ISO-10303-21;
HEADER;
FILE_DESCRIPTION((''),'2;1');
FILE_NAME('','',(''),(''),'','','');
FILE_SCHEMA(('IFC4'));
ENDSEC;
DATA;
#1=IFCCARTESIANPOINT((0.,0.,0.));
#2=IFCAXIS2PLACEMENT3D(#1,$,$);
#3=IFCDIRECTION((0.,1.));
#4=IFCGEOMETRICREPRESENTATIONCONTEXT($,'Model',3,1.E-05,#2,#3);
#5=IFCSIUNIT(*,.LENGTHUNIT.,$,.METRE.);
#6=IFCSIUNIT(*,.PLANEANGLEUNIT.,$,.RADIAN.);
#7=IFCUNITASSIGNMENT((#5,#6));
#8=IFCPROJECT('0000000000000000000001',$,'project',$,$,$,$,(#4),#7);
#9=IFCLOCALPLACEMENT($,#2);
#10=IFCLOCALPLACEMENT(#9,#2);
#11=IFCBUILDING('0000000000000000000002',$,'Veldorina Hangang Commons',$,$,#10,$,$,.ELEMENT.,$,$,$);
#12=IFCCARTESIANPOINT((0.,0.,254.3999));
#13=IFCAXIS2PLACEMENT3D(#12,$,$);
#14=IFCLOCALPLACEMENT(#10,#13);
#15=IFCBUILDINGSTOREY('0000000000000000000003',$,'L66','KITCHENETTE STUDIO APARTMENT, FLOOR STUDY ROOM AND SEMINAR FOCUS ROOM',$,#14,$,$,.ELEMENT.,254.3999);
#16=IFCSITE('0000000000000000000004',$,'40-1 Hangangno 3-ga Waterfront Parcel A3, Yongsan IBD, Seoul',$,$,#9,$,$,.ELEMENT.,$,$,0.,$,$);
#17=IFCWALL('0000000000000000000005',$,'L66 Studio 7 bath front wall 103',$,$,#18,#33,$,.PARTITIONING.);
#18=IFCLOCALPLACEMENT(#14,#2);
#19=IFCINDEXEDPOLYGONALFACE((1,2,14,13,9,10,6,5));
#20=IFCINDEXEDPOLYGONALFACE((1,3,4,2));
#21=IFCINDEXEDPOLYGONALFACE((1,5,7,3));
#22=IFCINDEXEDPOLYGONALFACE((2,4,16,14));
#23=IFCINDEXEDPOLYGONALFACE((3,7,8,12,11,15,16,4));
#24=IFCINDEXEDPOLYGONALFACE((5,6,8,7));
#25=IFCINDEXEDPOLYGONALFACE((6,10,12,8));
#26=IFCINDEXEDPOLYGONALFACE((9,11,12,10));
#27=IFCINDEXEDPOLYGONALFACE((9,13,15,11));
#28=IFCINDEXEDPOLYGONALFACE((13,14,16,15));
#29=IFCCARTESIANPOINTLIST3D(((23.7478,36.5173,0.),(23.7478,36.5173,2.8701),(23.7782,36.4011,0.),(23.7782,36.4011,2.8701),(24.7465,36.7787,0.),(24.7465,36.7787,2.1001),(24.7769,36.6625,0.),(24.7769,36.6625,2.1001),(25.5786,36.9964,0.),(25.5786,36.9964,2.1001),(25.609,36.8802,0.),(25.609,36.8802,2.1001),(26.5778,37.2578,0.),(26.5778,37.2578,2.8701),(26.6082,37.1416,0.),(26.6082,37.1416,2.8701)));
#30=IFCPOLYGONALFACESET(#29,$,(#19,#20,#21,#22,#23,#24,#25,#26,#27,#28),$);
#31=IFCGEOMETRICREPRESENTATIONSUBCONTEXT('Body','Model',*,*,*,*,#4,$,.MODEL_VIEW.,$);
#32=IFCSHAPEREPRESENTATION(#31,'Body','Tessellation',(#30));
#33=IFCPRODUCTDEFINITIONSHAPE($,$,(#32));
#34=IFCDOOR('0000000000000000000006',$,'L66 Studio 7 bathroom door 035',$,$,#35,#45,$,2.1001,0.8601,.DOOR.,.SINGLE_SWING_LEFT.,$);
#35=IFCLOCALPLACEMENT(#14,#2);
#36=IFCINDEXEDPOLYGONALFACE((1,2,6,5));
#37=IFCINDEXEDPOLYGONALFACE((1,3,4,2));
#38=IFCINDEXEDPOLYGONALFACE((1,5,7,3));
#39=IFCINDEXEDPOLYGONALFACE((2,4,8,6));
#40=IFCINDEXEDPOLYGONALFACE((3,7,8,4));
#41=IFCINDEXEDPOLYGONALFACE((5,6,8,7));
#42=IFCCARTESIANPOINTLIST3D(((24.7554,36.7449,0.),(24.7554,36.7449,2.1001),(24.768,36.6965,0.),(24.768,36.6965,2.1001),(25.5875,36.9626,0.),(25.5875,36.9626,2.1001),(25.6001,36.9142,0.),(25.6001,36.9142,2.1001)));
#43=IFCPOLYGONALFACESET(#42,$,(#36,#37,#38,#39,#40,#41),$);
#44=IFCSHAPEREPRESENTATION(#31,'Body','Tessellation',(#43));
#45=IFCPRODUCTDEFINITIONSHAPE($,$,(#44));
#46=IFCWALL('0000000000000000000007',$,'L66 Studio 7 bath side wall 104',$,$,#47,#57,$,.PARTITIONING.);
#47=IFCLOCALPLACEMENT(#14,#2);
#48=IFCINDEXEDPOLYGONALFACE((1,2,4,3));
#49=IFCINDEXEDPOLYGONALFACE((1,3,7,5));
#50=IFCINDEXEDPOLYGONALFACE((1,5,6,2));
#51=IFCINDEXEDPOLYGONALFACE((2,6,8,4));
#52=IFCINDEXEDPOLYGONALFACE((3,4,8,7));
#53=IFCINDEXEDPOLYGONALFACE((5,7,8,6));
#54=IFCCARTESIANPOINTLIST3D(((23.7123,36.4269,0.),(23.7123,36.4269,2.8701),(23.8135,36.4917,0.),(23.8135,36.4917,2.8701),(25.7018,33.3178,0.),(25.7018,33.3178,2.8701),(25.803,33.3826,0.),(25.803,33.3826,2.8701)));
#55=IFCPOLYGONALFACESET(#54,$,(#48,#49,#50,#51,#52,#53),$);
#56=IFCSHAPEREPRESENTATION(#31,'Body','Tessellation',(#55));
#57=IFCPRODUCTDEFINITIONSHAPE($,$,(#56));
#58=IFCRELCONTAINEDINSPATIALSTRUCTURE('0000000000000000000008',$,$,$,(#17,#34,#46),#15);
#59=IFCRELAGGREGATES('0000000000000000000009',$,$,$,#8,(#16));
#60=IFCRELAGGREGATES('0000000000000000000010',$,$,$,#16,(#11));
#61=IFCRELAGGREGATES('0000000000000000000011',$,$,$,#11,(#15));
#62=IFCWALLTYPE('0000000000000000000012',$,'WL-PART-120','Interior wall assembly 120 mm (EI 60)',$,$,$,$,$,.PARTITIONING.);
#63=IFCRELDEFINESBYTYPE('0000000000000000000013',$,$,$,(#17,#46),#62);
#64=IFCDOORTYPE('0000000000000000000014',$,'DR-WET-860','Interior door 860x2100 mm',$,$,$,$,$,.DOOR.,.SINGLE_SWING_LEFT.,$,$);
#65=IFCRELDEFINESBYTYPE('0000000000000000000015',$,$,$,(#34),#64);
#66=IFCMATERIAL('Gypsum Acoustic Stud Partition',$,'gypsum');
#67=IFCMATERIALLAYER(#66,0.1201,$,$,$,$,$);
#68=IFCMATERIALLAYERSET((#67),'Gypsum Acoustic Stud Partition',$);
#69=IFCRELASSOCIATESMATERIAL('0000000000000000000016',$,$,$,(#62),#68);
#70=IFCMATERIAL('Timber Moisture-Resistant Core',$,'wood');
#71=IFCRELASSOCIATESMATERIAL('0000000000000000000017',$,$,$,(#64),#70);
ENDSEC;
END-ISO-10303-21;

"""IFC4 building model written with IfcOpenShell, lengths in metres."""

from ifc_helpers import new_model, si_unit, direction, frame, frame_2d, origin, place, context, subcontext, project, spatial, rectangle, extrude, material, layer, layer_set, type_object, element, fill, save


model = new_model("IFC4")

# Units and contexts
model_context = context("Model", 3, precision=1e-05, world=origin(), true_north=direction((0.0, 1.0)))
body_context = subcontext(model_context, "Body", "Model", "MODEL_VIEW")
ifc_project = project(units=[si_unit("LENGTHUNIT", "METRE"), si_unit("PLANEANGLEUNIT", "RADIAN")], contexts=[model_context])

# Site, building, storey
site_placement = place(None, origin())
site = spatial("IfcSite", under=ifc_project, at=site_placement, Name="40-1 Hangangno 3-ga Waterfront Parcel A3, Yongsan IBD, Seoul", CompositionType="ELEMENT", RefElevation=0.0)
building_placement = place(site_placement, origin())
building = spatial("IfcBuilding", under=site, at=building_placement, Name="Veldorina Hangang Commons", CompositionType="ELEMENT")
storey_placement = place(building_placement, frame((0.0, 0.0, 254.3999)))
storey = spatial("IfcBuildingStorey", under=building, at=storey_placement, Name="L66", Description="KITCHENETTE STUDIO APARTMENT, FLOOR STUDY ROOM AND SEMINAR FOCUS ROOM", CompositionType="ELEMENT", Elevation=254.3999)

# Shared definitions
ifc_material_1 = material(Name="Gypsum Acoustic Stud Partition", Category="gypsum")
ifc_layer_1 = layer(ifc_material_1, 0.1201)
ifc_layer_set_1 = layer_set([ifc_layer_1], Name="Gypsum Acoustic Stud Partition")
wall_type_1 = type_object("IfcWallType", Name="WL-PART-120", Description="Interior wall assembly 120 mm (EI 60)", PredefinedType="PARTITIONING", material=ifc_layer_set_1)

# Wall, opening, door
wall_1_placement = place(storey_placement, frame((26.593, 37.1997, 0.0), z_axis=(0.0, 0.0, 1.0), x_axis=(-0.967434, -0.253125, 0.0)))
wall_1 = element("IfcWall", 1, at=wall_1_placement, inside=storey, type_object=wall_type_1, Name="L66 Studio 7 bath front wall 103", PredefinedType="PARTITIONING", context=body_context, shape_type="SweptSolid", body=[
    extrude(rectangle(XDim=2.9253, YDim=0.1201, at=frame_2d((1.4626, 0.0))), origin(), (0.0, 0.0, 1.0), 2.8701),
])
opening_1_placement = place(wall_1_placement, frame((1.0327, 0.0, 0.0)))
opening_1 = element("IfcOpeningElement", 2, at=opening_1_placement, cuts=wall_1, PredefinedType="OPENING", context=body_context, shape_type="SweptSolid", body=[
    extrude(rectangle(XDim=0.8601, YDim=2.1001, at=frame_2d((0.4302, 1.05))), frame((0.0, 0.0701, 0.0), z_axis=(0.0, -1.0, 0.0), x_axis=(1.0, 0.0, 0.0)), (0.0, 0.0, 1.0), 0.1401),
])
ifc_material_2 = material(Name="Timber Moisture-Resistant Core", Category="wood")
door_type_1 = type_object("IfcDoorType", Name="DR-WET-860", Description="Interior door 860x2100 mm", OperationType="SINGLE_SWING_LEFT", PredefinedType="DOOR", material=ifc_material_2)
door_1_placement = place(opening_1_placement, origin())
door_1 = element("IfcDoor", 3, at=door_1_placement, inside=storey, type_object=door_type_1, Name="L66 Studio 7 bathroom door 035", OperationType="SINGLE_SWING_LEFT", OverallHeight=2.1001, OverallWidth=0.8601, PredefinedType="DOOR", context=body_context, shape_type="SweptSolid", body=[
    extrude(rectangle(XDim=0.8601, YDim=2.1001, at=frame_2d((0.4302, 1.05))), frame((0.0, 0.0249, 0.0), z_axis=(0.0, -1.0, 0.0), x_axis=(1.0, 0.0, 0.0)), (0.0, 0.0, 1.0), 0.05),
])
fill(opening_1, door_1)

# Wall
wall_2_placement = place(storey_placement, frame((25.7524, 33.3501, 0.0), z_axis=(0.0, 0.0, 1.0), x_axis=(-0.538988, 0.842313, 0.0)))
element("IfcWall", 4, at=wall_2_placement, inside=storey, type_object=wall_type_1, Name="L66 Studio 7 bath side wall 104", PredefinedType="PARTITIONING", context=body_context, shape_type="SweptSolid", body=[
    extrude(rectangle(XDim=3.6912, YDim=0.1201, at=frame_2d((1.8457, 0.0))), origin(), (0.0, 0.0, 1.0), 2.8701),
])

save(model, "model.ifc")
